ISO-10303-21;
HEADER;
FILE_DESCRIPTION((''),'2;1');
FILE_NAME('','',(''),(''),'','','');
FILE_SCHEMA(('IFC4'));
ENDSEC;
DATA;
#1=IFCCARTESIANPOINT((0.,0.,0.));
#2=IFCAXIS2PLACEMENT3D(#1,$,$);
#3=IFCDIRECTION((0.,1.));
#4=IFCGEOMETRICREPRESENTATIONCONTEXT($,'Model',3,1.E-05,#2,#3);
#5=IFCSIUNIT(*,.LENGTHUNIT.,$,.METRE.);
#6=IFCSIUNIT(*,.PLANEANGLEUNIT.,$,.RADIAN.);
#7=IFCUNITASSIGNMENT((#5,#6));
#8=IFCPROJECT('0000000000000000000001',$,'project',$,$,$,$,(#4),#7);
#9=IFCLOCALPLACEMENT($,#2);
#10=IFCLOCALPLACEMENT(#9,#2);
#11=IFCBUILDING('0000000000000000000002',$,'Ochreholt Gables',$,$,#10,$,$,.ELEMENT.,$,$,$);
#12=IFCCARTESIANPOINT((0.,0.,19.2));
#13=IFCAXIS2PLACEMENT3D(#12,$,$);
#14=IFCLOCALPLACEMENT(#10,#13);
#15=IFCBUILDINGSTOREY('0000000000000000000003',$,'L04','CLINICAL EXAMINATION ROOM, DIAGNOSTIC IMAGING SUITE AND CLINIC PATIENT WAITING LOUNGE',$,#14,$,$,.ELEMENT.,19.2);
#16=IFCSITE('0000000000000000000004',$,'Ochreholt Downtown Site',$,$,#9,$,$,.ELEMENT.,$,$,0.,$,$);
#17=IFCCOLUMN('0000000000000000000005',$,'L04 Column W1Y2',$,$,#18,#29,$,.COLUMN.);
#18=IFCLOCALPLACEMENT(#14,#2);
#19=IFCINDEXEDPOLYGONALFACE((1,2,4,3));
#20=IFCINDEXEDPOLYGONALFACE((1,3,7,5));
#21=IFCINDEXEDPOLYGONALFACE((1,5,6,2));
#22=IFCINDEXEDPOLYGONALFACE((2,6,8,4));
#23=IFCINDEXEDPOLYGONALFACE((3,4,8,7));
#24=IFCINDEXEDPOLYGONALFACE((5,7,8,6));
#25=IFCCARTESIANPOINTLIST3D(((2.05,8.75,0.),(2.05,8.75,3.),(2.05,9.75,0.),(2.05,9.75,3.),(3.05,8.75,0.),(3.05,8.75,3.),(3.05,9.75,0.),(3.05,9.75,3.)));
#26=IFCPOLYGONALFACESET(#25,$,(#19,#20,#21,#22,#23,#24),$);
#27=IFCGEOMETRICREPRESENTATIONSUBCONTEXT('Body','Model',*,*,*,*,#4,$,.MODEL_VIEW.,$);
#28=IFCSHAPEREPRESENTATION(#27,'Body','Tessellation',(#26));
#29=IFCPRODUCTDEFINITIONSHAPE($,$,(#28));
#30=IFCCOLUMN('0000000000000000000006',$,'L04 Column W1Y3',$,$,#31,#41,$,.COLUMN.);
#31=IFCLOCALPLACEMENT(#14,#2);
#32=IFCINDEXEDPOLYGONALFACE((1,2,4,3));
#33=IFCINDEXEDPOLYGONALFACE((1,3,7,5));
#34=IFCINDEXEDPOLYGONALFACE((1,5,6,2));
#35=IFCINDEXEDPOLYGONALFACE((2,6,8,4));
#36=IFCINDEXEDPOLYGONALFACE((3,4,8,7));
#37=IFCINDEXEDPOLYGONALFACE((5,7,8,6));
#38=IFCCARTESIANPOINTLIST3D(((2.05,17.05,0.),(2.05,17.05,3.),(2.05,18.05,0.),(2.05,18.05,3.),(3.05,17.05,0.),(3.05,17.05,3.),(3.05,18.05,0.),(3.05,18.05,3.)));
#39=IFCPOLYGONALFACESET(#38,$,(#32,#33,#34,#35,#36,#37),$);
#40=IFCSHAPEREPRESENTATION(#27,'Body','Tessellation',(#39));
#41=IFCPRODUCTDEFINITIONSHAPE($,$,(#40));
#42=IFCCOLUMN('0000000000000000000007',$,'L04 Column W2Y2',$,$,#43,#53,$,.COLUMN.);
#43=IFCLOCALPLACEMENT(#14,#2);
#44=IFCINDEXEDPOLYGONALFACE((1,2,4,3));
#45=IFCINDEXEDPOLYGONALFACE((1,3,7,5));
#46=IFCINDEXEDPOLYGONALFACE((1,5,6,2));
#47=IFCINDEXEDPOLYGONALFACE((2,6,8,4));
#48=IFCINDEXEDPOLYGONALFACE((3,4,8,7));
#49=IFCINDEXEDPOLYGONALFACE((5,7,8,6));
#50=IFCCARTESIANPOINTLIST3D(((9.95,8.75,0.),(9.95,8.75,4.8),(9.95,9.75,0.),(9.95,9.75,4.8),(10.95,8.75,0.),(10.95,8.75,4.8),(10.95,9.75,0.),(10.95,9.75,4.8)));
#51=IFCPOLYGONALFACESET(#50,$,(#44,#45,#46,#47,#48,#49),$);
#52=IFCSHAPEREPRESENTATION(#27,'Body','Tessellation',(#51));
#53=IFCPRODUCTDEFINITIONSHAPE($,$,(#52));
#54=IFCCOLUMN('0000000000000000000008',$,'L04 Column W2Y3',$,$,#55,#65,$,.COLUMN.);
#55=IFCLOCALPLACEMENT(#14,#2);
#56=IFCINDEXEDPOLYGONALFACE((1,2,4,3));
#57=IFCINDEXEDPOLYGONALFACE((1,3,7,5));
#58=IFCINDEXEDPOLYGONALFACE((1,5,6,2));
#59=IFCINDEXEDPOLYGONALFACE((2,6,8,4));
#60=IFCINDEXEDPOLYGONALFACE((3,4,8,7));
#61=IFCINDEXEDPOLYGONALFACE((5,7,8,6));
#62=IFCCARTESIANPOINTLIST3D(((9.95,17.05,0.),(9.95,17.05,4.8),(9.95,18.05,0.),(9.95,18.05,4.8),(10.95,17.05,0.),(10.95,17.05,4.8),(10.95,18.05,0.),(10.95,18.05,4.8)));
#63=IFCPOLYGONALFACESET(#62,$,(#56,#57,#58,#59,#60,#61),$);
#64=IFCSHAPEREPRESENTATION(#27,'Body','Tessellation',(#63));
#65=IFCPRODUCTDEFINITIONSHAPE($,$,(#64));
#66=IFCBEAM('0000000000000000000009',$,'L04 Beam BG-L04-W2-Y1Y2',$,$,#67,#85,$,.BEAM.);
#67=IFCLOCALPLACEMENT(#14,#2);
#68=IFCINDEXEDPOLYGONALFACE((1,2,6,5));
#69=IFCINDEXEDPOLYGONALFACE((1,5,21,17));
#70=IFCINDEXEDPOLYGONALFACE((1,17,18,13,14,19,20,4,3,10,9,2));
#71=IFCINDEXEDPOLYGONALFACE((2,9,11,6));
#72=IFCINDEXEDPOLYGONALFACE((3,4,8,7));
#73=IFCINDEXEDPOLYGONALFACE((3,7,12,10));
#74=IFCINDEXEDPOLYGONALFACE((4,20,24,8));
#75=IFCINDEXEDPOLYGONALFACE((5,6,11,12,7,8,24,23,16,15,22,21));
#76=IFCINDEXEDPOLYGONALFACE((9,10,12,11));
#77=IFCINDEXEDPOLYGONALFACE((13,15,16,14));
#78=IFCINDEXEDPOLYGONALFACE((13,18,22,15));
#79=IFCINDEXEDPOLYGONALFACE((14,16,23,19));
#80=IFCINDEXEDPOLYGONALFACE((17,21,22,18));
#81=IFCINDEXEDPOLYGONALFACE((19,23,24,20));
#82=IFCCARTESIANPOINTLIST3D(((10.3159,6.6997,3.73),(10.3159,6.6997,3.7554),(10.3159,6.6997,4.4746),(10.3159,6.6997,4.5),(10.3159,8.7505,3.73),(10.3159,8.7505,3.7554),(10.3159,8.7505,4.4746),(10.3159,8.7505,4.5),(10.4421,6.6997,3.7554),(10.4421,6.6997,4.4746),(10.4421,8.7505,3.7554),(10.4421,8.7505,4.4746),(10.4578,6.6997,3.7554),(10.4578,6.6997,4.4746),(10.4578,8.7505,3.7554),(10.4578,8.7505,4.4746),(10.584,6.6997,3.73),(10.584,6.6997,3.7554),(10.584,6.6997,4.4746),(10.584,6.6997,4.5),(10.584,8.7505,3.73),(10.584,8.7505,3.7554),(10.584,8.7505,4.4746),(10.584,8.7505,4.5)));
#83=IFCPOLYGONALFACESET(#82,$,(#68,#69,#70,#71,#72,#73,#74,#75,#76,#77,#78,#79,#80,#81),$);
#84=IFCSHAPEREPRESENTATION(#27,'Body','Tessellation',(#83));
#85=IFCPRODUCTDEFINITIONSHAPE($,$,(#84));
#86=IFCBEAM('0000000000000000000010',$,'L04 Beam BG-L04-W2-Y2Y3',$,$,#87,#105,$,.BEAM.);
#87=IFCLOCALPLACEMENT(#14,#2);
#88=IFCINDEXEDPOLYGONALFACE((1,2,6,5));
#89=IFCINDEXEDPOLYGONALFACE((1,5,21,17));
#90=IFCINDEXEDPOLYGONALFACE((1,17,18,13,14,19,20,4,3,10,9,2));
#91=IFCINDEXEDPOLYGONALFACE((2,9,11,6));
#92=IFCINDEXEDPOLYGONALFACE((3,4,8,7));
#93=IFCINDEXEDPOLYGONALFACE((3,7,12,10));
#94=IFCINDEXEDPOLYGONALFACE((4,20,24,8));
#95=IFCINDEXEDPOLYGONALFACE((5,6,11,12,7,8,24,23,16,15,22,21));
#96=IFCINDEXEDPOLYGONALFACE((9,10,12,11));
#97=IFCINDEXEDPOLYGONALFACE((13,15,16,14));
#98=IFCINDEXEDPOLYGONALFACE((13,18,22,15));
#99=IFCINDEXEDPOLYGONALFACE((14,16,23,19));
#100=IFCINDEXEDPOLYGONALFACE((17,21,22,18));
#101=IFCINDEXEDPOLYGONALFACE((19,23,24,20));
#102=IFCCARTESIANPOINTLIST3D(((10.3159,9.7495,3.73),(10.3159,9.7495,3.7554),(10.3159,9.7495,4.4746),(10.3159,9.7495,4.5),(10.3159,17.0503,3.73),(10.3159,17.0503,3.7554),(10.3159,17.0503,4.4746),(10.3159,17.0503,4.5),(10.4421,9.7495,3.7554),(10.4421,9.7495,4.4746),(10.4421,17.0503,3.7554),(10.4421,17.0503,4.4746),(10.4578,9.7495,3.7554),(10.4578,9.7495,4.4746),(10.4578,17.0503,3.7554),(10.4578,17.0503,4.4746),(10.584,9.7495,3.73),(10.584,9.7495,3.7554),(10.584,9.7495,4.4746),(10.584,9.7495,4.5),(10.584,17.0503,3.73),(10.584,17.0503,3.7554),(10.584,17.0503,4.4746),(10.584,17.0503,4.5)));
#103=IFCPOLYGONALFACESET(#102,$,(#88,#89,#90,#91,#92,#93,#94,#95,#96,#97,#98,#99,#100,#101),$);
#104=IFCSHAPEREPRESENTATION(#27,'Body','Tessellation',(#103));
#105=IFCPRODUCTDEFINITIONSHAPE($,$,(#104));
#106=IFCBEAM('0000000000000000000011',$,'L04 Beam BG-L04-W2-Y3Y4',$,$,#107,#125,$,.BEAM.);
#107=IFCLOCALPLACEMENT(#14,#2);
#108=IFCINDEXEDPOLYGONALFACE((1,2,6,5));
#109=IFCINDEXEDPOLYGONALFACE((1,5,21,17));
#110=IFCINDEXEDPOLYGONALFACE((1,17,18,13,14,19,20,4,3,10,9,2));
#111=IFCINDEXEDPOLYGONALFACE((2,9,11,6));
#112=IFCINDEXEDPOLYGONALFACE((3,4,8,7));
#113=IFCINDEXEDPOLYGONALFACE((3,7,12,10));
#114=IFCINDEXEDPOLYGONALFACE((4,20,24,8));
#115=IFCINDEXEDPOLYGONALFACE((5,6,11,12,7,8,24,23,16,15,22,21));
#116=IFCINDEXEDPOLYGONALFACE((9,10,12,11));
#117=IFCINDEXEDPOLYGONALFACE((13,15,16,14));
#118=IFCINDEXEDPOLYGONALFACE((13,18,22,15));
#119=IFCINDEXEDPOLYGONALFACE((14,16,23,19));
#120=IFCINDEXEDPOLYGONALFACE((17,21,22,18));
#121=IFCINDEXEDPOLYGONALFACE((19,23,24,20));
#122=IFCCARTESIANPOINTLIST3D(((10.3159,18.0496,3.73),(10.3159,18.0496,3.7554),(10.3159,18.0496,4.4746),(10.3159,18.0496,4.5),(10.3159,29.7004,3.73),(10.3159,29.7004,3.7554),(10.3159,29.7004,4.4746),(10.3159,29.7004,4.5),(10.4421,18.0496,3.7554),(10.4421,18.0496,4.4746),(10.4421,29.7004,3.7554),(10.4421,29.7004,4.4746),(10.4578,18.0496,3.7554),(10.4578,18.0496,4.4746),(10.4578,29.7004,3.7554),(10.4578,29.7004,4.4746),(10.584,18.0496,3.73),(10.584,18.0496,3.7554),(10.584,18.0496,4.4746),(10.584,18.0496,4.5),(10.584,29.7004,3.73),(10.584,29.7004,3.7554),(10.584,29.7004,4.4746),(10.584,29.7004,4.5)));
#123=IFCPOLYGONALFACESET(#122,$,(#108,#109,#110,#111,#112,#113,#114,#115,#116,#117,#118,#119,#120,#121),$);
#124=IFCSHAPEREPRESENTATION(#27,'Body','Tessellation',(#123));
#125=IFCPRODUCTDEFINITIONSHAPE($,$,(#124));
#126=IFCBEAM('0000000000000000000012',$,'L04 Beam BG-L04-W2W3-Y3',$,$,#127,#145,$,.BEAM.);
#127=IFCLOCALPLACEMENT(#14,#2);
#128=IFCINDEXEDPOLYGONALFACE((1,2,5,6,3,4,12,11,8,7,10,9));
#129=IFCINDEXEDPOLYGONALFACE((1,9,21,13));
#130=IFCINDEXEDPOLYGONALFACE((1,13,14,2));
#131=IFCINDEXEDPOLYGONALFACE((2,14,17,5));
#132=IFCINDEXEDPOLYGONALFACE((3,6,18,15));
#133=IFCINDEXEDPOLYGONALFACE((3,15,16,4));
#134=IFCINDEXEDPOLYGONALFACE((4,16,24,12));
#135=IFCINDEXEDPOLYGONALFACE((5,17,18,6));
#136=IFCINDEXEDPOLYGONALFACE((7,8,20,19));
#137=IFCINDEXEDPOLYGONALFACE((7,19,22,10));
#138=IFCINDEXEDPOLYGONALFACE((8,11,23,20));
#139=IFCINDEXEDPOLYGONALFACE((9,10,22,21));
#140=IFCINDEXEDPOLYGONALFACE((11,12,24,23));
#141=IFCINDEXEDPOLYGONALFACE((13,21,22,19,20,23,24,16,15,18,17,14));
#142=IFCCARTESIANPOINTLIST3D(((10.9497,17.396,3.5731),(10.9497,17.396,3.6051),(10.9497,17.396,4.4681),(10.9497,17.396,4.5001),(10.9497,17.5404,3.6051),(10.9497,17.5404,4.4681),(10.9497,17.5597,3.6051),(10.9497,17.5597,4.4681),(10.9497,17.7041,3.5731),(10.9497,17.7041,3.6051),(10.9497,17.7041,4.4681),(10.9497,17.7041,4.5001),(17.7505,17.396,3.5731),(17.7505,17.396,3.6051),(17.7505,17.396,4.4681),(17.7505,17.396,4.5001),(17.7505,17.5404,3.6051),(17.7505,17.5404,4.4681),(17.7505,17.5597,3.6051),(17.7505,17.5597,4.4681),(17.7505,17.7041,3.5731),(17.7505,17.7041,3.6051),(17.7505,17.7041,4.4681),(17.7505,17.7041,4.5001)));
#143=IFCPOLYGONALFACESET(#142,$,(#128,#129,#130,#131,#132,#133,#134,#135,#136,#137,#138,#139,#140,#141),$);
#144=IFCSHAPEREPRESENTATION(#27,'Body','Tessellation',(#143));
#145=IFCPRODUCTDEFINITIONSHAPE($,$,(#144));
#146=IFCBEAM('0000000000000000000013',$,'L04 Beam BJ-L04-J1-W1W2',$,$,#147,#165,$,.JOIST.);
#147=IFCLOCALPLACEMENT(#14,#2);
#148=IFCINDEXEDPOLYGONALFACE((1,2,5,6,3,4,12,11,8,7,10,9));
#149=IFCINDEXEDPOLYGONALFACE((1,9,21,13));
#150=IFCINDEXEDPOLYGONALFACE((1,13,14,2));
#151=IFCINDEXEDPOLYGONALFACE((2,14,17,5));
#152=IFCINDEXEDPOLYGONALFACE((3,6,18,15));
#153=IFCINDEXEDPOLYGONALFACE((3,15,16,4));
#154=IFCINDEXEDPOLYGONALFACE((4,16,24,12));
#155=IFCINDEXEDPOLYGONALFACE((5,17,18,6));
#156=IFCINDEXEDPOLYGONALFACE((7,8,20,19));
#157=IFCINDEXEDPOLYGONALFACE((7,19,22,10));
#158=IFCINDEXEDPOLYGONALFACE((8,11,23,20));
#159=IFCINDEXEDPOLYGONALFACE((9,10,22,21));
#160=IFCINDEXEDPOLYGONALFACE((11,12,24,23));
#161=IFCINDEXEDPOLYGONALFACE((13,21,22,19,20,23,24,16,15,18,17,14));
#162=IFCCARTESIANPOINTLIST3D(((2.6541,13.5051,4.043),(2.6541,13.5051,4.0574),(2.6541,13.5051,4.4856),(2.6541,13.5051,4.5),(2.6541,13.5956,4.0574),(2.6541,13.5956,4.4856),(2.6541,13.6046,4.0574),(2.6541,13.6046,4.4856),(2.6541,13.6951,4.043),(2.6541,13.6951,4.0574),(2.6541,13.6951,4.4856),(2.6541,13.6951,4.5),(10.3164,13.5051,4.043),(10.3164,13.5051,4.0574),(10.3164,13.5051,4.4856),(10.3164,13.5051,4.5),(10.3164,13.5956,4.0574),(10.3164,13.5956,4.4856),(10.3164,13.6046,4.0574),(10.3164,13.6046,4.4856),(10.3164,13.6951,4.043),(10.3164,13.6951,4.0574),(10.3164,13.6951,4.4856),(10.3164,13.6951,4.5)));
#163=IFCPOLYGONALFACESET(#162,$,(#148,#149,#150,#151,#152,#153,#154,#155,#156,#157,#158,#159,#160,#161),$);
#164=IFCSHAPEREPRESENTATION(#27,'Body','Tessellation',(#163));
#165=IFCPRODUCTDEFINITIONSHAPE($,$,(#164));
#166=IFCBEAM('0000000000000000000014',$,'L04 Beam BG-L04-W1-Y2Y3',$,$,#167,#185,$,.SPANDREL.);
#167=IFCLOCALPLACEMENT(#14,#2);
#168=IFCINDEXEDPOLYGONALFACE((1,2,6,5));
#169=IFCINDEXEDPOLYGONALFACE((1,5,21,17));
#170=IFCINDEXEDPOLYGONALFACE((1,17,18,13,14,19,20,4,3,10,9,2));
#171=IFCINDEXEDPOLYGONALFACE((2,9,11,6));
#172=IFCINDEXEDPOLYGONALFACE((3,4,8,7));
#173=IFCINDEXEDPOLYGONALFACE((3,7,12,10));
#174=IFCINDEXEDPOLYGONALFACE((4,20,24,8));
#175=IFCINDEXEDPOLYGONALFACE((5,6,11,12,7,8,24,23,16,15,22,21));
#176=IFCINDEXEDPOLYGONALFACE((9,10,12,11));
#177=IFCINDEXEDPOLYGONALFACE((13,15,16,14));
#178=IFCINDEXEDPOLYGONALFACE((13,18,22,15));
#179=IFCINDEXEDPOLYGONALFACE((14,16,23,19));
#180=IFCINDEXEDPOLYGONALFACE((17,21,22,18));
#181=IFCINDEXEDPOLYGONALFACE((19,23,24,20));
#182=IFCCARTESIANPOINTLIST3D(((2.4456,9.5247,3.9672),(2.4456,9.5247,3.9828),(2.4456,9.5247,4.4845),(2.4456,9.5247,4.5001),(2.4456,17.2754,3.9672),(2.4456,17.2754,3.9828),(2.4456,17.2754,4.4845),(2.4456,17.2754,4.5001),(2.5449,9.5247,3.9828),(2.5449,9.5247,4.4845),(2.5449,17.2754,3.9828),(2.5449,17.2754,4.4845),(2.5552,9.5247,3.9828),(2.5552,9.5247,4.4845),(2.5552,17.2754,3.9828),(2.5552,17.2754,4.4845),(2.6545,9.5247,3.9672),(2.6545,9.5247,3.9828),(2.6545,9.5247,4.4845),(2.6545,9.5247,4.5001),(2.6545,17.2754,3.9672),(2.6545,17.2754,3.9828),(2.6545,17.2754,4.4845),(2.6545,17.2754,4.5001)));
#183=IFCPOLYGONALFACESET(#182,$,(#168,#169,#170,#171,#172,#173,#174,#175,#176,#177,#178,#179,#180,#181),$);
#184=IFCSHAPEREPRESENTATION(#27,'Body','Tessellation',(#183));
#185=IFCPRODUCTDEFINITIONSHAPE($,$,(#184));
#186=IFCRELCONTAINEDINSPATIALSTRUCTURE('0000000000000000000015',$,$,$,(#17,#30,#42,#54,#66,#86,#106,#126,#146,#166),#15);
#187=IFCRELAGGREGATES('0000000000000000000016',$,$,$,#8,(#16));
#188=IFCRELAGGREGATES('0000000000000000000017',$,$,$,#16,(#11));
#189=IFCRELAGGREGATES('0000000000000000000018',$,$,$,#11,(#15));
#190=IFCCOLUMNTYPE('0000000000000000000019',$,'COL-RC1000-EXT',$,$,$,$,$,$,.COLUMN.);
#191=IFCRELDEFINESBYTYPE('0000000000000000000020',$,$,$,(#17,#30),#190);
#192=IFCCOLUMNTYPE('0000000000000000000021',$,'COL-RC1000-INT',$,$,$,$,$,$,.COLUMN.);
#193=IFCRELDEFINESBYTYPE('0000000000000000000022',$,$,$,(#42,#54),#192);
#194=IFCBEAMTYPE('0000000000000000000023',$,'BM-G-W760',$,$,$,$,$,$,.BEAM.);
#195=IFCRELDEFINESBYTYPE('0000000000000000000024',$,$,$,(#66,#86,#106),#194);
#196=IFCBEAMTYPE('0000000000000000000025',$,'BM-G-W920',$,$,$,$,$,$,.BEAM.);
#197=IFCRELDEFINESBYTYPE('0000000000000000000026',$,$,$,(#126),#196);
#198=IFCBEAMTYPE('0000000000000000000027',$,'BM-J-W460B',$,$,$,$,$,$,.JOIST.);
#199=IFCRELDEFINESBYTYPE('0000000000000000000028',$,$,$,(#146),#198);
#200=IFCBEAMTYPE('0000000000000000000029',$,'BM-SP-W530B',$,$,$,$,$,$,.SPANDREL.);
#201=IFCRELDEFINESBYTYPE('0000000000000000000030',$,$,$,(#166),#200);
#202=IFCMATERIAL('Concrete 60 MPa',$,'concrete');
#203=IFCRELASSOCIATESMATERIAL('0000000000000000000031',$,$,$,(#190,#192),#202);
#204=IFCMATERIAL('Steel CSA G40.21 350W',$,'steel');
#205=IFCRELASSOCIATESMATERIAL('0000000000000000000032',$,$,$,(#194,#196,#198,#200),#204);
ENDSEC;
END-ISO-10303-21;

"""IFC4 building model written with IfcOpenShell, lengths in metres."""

from ifc_helpers import new_model, si_unit, direction, frame, origin, origin_2d, place, context, subcontext, project, spatial, rectangle, i_section, extrude, material, material_profile, profile_set, type_object, element, save


model = new_model("IFC4")

# Units and contexts
model_context = context("Model", 3, precision=1e-05, world=origin(), true_north=direction((0.0, 1.0)))
body_context = subcontext(model_context, "Body", "Model", "MODEL_VIEW")
ifc_project = project(units=[si_unit("LENGTHUNIT", "METRE"), si_unit("PLANEANGLEUNIT", "RADIAN")], contexts=[model_context])

# Site, building, storey
site_placement = place(None, origin())
site = spatial("IfcSite", under=ifc_project, at=site_placement, Name="Ochreholt Downtown Site", CompositionType="ELEMENT", RefElevation=0.0)
building_placement = place(site_placement, origin())
building = spatial("IfcBuilding", under=site, at=building_placement, Name="Ochreholt Gables", CompositionType="ELEMENT")
storey_placement = place(building_placement, frame((0.0, 0.0, 19.2)))
storey = spatial("IfcBuildingStorey", under=building, at=storey_placement, Name="L04", Description="CLINICAL EXAMINATION ROOM, DIAGNOSTIC IMAGING SUITE AND CLINIC PATIENT WAITING LOUNGE", CompositionType="ELEMENT", Elevation=19.2)

# Columns
ifc_material_1 = material(Name="Concrete 60 MPa", Category="concrete")
ifc_material_profile_1 = material_profile(ifc_material_1, rectangle(XDim=1.0, YDim=1.0, at=origin_2d()), Name="RC1000X1000")
ifc_profile_set_1 = profile_set([ifc_material_profile_1], Name="Concrete 60 MPa")
column_type_1 = type_object("IfcColumnType", Name="COL-RC1000-EXT", PredefinedType="COLUMN", material=ifc_profile_set_1)
for number, where, z_axis, x_axis, name in (
    (1, (2.55, 9.25, 0.0), (0.0, 0.0, 1.0), (1.0, 0.0, 0.0), "L04 Column W1Y2"),
    (2, (2.55, 17.55, 0.0), (0.0, 0.0, 1.0), (1.0, 0.0, 0.0), "L04 Column W1Y3"),
):
    element("IfcColumn", number, at=place(storey_placement, frame(where, z_axis=z_axis, x_axis=x_axis)), inside=storey, type_object=column_type_1, Name=name, PredefinedType="COLUMN", context=body_context, shape_type="SweptSolid", body=[
        extrude(rectangle(XDim=1.0, YDim=1.0, at=origin_2d()), origin(), (0.0, 0.0, 1.0), 3.0),
    ])
ifc_material_profile_2 = material_profile(ifc_material_1, rectangle(XDim=1.0, YDim=1.0, at=origin_2d()), Name="RC1000X1000")
ifc_profile_set_2 = profile_set([ifc_material_profile_2], Name="Concrete 60 MPa")
column_type_2 = type_object("IfcColumnType", Name="COL-RC1000-INT", PredefinedType="COLUMN", material=ifc_profile_set_2)
for number, where, z_axis, x_axis, name in (
    (3, (10.45, 9.25, 0.0), (0.0, 0.0, 1.0), (1.0, 0.0, 0.0), "L04 Column W2Y2"),
    (4, (10.45, 17.55, 0.0), (0.0, 0.0, 1.0), (1.0, 0.0, 0.0), "L04 Column W2Y3"),
):
    element("IfcColumn", number, at=place(storey_placement, frame(where, z_axis=z_axis, x_axis=x_axis)), inside=storey, type_object=column_type_2, Name=name, PredefinedType="COLUMN", context=body_context, shape_type="SweptSolid", body=[
        extrude(rectangle(XDim=1.0, YDim=1.0, at=origin_2d()), origin(), (0.0, 0.0, 1.0), 4.8),
    ])

# Beams
ifc_material_2 = material(Name="Steel CSA G40.21 350W", Category="steel")
ifc_material_profile_3 = material_profile(ifc_material_2, i_section(OverallWidth=0.2681, OverallDepth=0.77, WebThickness=0.0156, FlangeThickness=0.0254, at=origin_2d()), Name="W760X196")
ifc_profile_set_3 = profile_set([ifc_material_profile_3], Name="Steel CSA G40.21 350W")
beam_type_1 = type_object("IfcBeamType", Name="BM-G-W760", PredefinedType="BEAM", material=ifc_profile_set_3)
beam_1_placement = place(storey_placement, frame((10.45, 6.6997, 4.115), z_axis=(0.0, 1.0, 0.0), x_axis=(-1.0, 0.0, 0.0)))
element("IfcBeam", 5, at=beam_1_placement, inside=storey, type_object=beam_type_1, Name="L04 Beam BG-L04-W2-Y1Y2", PredefinedType="BEAM", context=body_context, shape_type="SweptSolid", body=[
    extrude(i_section(OverallWidth=0.2681, OverallDepth=0.77, WebThickness=0.0156, FlangeThickness=0.0254, at=origin_2d()), origin(), (0.0, 0.0, 1.0), 2.0508),
])
beam_2_placement = place(storey_placement, frame((10.45, 9.7495, 4.115), z_axis=(0.0, 1.0, 0.0), x_axis=(-1.0, 0.0, 0.0)))
element("IfcBeam", 6, at=beam_2_placement, inside=storey, type_object=beam_type_1, Name="L04 Beam BG-L04-W2-Y2Y3", PredefinedType="BEAM", context=body_context, shape_type="SweptSolid", body=[
    extrude(i_section(OverallWidth=0.2681, OverallDepth=0.77, WebThickness=0.0156, FlangeThickness=0.0254, at=origin_2d()), origin(), (0.0, 0.0, 1.0), 7.3008),
])
beam_3_placement = place(storey_placement, frame((10.45, 18.0496, 4.115), z_axis=(0.0, 1.0, 0.0), x_axis=(-1.0, 0.0, 0.0)))
element("IfcBeam", 7, at=beam_3_placement, inside=storey, type_object=beam_type_1, Name="L04 Beam BG-L04-W2-Y3Y4", PredefinedType="BEAM", context=body_context, shape_type="SweptSolid", body=[
    extrude(i_section(OverallWidth=0.2681, OverallDepth=0.77, WebThickness=0.0156, FlangeThickness=0.0254, at=origin_2d()), origin(), (0.0, 0.0, 1.0), 11.6509),
])
ifc_material_profile_4 = material_profile(ifc_material_2, i_section(OverallWidth=0.3081, OverallDepth=0.927, WebThickness=0.0193, FlangeThickness=0.032, at=origin_2d()), Name="W920X289")
ifc_profile_set_4 = profile_set([ifc_material_profile_4], Name="Steel CSA G40.21 350W")
beam_type_2 = type_object("IfcBeamType", Name="BM-G-W920", PredefinedType="BEAM", material=ifc_profile_set_4)
beam_4_placement = place(storey_placement, frame((10.9497, 17.55, 4.0366), z_axis=(1.0, 0.0, 0.0), x_axis=(0.0, 1.0, 0.0)))
element("IfcBeam", 8, at=beam_4_placement, inside=storey, type_object=beam_type_2, Name="L04 Beam BG-L04-W2W3-Y3", PredefinedType="BEAM", context=body_context, shape_type="SweptSolid", body=[
    extrude(i_section(OverallWidth=0.3081, OverallDepth=0.927, WebThickness=0.0193, FlangeThickness=0.032, at=origin_2d()), origin(), (0.0, 0.0, 1.0), 6.8008),
])
ifc_material_profile_5 = material_profile(ifc_material_2, i_section(OverallWidth=0.1899, OverallDepth=0.457, WebThickness=0.009, FlangeThickness=0.0144, at=origin_2d()), Name="W460X74")
ifc_profile_set_5 = profile_set([ifc_material_profile_5], Name="Steel CSA G40.21 350W")
beam_type_3 = type_object("IfcBeamType", Name="BM-J-W460B", PredefinedType="JOIST", material=ifc_profile_set_5)
beam_5_placement = place(storey_placement, frame((2.6541, 13.6001, 4.2715), z_axis=(1.0, 0.0, 0.0), x_axis=(0.0, 1.0, 0.0)))
element("IfcBeam", 9, at=beam_5_placement, inside=storey, type_object=beam_type_3, Name="L04 Beam BJ-L04-J1-W1W2", PredefinedType="JOIST", context=body_context, shape_type="SweptSolid", body=[
    extrude(i_section(OverallWidth=0.1899, OverallDepth=0.457, WebThickness=0.009, FlangeThickness=0.0144, at=origin_2d()), origin(), (0.0, 0.0, 1.0), 7.6624),
])
ifc_material_profile_6 = material_profile(ifc_material_2, i_section(OverallWidth=0.209, OverallDepth=0.533, WebThickness=0.0103, FlangeThickness=0.0156, at=origin_2d()), Name="W530X92")
ifc_profile_set_6 = profile_set([ifc_material_profile_6], Name="Steel CSA G40.21 350W")
beam_type_4 = type_object("IfcBeamType", Name="BM-SP-W530B", PredefinedType="SPANDREL", material=ifc_profile_set_6)
beam_6_placement = place(storey_placement, frame((2.55, 9.5247, 4.2336), z_axis=(0.0, 1.0, 0.0), x_axis=(-1.0, 0.0, 0.0)))
element("IfcBeam", 10, at=beam_6_placement, inside=storey, type_object=beam_type_4, Name="L04 Beam BG-L04-W1-Y2Y3", PredefinedType="SPANDREL", context=body_context, shape_type="SweptSolid", body=[
    extrude(i_section(OverallWidth=0.209, OverallDepth=0.533, WebThickness=0.0103, FlangeThickness=0.0156, at=origin_2d()), origin(), (0.0, 0.0, 1.0), 7.7507),
])

save(model, "model.ifc")
